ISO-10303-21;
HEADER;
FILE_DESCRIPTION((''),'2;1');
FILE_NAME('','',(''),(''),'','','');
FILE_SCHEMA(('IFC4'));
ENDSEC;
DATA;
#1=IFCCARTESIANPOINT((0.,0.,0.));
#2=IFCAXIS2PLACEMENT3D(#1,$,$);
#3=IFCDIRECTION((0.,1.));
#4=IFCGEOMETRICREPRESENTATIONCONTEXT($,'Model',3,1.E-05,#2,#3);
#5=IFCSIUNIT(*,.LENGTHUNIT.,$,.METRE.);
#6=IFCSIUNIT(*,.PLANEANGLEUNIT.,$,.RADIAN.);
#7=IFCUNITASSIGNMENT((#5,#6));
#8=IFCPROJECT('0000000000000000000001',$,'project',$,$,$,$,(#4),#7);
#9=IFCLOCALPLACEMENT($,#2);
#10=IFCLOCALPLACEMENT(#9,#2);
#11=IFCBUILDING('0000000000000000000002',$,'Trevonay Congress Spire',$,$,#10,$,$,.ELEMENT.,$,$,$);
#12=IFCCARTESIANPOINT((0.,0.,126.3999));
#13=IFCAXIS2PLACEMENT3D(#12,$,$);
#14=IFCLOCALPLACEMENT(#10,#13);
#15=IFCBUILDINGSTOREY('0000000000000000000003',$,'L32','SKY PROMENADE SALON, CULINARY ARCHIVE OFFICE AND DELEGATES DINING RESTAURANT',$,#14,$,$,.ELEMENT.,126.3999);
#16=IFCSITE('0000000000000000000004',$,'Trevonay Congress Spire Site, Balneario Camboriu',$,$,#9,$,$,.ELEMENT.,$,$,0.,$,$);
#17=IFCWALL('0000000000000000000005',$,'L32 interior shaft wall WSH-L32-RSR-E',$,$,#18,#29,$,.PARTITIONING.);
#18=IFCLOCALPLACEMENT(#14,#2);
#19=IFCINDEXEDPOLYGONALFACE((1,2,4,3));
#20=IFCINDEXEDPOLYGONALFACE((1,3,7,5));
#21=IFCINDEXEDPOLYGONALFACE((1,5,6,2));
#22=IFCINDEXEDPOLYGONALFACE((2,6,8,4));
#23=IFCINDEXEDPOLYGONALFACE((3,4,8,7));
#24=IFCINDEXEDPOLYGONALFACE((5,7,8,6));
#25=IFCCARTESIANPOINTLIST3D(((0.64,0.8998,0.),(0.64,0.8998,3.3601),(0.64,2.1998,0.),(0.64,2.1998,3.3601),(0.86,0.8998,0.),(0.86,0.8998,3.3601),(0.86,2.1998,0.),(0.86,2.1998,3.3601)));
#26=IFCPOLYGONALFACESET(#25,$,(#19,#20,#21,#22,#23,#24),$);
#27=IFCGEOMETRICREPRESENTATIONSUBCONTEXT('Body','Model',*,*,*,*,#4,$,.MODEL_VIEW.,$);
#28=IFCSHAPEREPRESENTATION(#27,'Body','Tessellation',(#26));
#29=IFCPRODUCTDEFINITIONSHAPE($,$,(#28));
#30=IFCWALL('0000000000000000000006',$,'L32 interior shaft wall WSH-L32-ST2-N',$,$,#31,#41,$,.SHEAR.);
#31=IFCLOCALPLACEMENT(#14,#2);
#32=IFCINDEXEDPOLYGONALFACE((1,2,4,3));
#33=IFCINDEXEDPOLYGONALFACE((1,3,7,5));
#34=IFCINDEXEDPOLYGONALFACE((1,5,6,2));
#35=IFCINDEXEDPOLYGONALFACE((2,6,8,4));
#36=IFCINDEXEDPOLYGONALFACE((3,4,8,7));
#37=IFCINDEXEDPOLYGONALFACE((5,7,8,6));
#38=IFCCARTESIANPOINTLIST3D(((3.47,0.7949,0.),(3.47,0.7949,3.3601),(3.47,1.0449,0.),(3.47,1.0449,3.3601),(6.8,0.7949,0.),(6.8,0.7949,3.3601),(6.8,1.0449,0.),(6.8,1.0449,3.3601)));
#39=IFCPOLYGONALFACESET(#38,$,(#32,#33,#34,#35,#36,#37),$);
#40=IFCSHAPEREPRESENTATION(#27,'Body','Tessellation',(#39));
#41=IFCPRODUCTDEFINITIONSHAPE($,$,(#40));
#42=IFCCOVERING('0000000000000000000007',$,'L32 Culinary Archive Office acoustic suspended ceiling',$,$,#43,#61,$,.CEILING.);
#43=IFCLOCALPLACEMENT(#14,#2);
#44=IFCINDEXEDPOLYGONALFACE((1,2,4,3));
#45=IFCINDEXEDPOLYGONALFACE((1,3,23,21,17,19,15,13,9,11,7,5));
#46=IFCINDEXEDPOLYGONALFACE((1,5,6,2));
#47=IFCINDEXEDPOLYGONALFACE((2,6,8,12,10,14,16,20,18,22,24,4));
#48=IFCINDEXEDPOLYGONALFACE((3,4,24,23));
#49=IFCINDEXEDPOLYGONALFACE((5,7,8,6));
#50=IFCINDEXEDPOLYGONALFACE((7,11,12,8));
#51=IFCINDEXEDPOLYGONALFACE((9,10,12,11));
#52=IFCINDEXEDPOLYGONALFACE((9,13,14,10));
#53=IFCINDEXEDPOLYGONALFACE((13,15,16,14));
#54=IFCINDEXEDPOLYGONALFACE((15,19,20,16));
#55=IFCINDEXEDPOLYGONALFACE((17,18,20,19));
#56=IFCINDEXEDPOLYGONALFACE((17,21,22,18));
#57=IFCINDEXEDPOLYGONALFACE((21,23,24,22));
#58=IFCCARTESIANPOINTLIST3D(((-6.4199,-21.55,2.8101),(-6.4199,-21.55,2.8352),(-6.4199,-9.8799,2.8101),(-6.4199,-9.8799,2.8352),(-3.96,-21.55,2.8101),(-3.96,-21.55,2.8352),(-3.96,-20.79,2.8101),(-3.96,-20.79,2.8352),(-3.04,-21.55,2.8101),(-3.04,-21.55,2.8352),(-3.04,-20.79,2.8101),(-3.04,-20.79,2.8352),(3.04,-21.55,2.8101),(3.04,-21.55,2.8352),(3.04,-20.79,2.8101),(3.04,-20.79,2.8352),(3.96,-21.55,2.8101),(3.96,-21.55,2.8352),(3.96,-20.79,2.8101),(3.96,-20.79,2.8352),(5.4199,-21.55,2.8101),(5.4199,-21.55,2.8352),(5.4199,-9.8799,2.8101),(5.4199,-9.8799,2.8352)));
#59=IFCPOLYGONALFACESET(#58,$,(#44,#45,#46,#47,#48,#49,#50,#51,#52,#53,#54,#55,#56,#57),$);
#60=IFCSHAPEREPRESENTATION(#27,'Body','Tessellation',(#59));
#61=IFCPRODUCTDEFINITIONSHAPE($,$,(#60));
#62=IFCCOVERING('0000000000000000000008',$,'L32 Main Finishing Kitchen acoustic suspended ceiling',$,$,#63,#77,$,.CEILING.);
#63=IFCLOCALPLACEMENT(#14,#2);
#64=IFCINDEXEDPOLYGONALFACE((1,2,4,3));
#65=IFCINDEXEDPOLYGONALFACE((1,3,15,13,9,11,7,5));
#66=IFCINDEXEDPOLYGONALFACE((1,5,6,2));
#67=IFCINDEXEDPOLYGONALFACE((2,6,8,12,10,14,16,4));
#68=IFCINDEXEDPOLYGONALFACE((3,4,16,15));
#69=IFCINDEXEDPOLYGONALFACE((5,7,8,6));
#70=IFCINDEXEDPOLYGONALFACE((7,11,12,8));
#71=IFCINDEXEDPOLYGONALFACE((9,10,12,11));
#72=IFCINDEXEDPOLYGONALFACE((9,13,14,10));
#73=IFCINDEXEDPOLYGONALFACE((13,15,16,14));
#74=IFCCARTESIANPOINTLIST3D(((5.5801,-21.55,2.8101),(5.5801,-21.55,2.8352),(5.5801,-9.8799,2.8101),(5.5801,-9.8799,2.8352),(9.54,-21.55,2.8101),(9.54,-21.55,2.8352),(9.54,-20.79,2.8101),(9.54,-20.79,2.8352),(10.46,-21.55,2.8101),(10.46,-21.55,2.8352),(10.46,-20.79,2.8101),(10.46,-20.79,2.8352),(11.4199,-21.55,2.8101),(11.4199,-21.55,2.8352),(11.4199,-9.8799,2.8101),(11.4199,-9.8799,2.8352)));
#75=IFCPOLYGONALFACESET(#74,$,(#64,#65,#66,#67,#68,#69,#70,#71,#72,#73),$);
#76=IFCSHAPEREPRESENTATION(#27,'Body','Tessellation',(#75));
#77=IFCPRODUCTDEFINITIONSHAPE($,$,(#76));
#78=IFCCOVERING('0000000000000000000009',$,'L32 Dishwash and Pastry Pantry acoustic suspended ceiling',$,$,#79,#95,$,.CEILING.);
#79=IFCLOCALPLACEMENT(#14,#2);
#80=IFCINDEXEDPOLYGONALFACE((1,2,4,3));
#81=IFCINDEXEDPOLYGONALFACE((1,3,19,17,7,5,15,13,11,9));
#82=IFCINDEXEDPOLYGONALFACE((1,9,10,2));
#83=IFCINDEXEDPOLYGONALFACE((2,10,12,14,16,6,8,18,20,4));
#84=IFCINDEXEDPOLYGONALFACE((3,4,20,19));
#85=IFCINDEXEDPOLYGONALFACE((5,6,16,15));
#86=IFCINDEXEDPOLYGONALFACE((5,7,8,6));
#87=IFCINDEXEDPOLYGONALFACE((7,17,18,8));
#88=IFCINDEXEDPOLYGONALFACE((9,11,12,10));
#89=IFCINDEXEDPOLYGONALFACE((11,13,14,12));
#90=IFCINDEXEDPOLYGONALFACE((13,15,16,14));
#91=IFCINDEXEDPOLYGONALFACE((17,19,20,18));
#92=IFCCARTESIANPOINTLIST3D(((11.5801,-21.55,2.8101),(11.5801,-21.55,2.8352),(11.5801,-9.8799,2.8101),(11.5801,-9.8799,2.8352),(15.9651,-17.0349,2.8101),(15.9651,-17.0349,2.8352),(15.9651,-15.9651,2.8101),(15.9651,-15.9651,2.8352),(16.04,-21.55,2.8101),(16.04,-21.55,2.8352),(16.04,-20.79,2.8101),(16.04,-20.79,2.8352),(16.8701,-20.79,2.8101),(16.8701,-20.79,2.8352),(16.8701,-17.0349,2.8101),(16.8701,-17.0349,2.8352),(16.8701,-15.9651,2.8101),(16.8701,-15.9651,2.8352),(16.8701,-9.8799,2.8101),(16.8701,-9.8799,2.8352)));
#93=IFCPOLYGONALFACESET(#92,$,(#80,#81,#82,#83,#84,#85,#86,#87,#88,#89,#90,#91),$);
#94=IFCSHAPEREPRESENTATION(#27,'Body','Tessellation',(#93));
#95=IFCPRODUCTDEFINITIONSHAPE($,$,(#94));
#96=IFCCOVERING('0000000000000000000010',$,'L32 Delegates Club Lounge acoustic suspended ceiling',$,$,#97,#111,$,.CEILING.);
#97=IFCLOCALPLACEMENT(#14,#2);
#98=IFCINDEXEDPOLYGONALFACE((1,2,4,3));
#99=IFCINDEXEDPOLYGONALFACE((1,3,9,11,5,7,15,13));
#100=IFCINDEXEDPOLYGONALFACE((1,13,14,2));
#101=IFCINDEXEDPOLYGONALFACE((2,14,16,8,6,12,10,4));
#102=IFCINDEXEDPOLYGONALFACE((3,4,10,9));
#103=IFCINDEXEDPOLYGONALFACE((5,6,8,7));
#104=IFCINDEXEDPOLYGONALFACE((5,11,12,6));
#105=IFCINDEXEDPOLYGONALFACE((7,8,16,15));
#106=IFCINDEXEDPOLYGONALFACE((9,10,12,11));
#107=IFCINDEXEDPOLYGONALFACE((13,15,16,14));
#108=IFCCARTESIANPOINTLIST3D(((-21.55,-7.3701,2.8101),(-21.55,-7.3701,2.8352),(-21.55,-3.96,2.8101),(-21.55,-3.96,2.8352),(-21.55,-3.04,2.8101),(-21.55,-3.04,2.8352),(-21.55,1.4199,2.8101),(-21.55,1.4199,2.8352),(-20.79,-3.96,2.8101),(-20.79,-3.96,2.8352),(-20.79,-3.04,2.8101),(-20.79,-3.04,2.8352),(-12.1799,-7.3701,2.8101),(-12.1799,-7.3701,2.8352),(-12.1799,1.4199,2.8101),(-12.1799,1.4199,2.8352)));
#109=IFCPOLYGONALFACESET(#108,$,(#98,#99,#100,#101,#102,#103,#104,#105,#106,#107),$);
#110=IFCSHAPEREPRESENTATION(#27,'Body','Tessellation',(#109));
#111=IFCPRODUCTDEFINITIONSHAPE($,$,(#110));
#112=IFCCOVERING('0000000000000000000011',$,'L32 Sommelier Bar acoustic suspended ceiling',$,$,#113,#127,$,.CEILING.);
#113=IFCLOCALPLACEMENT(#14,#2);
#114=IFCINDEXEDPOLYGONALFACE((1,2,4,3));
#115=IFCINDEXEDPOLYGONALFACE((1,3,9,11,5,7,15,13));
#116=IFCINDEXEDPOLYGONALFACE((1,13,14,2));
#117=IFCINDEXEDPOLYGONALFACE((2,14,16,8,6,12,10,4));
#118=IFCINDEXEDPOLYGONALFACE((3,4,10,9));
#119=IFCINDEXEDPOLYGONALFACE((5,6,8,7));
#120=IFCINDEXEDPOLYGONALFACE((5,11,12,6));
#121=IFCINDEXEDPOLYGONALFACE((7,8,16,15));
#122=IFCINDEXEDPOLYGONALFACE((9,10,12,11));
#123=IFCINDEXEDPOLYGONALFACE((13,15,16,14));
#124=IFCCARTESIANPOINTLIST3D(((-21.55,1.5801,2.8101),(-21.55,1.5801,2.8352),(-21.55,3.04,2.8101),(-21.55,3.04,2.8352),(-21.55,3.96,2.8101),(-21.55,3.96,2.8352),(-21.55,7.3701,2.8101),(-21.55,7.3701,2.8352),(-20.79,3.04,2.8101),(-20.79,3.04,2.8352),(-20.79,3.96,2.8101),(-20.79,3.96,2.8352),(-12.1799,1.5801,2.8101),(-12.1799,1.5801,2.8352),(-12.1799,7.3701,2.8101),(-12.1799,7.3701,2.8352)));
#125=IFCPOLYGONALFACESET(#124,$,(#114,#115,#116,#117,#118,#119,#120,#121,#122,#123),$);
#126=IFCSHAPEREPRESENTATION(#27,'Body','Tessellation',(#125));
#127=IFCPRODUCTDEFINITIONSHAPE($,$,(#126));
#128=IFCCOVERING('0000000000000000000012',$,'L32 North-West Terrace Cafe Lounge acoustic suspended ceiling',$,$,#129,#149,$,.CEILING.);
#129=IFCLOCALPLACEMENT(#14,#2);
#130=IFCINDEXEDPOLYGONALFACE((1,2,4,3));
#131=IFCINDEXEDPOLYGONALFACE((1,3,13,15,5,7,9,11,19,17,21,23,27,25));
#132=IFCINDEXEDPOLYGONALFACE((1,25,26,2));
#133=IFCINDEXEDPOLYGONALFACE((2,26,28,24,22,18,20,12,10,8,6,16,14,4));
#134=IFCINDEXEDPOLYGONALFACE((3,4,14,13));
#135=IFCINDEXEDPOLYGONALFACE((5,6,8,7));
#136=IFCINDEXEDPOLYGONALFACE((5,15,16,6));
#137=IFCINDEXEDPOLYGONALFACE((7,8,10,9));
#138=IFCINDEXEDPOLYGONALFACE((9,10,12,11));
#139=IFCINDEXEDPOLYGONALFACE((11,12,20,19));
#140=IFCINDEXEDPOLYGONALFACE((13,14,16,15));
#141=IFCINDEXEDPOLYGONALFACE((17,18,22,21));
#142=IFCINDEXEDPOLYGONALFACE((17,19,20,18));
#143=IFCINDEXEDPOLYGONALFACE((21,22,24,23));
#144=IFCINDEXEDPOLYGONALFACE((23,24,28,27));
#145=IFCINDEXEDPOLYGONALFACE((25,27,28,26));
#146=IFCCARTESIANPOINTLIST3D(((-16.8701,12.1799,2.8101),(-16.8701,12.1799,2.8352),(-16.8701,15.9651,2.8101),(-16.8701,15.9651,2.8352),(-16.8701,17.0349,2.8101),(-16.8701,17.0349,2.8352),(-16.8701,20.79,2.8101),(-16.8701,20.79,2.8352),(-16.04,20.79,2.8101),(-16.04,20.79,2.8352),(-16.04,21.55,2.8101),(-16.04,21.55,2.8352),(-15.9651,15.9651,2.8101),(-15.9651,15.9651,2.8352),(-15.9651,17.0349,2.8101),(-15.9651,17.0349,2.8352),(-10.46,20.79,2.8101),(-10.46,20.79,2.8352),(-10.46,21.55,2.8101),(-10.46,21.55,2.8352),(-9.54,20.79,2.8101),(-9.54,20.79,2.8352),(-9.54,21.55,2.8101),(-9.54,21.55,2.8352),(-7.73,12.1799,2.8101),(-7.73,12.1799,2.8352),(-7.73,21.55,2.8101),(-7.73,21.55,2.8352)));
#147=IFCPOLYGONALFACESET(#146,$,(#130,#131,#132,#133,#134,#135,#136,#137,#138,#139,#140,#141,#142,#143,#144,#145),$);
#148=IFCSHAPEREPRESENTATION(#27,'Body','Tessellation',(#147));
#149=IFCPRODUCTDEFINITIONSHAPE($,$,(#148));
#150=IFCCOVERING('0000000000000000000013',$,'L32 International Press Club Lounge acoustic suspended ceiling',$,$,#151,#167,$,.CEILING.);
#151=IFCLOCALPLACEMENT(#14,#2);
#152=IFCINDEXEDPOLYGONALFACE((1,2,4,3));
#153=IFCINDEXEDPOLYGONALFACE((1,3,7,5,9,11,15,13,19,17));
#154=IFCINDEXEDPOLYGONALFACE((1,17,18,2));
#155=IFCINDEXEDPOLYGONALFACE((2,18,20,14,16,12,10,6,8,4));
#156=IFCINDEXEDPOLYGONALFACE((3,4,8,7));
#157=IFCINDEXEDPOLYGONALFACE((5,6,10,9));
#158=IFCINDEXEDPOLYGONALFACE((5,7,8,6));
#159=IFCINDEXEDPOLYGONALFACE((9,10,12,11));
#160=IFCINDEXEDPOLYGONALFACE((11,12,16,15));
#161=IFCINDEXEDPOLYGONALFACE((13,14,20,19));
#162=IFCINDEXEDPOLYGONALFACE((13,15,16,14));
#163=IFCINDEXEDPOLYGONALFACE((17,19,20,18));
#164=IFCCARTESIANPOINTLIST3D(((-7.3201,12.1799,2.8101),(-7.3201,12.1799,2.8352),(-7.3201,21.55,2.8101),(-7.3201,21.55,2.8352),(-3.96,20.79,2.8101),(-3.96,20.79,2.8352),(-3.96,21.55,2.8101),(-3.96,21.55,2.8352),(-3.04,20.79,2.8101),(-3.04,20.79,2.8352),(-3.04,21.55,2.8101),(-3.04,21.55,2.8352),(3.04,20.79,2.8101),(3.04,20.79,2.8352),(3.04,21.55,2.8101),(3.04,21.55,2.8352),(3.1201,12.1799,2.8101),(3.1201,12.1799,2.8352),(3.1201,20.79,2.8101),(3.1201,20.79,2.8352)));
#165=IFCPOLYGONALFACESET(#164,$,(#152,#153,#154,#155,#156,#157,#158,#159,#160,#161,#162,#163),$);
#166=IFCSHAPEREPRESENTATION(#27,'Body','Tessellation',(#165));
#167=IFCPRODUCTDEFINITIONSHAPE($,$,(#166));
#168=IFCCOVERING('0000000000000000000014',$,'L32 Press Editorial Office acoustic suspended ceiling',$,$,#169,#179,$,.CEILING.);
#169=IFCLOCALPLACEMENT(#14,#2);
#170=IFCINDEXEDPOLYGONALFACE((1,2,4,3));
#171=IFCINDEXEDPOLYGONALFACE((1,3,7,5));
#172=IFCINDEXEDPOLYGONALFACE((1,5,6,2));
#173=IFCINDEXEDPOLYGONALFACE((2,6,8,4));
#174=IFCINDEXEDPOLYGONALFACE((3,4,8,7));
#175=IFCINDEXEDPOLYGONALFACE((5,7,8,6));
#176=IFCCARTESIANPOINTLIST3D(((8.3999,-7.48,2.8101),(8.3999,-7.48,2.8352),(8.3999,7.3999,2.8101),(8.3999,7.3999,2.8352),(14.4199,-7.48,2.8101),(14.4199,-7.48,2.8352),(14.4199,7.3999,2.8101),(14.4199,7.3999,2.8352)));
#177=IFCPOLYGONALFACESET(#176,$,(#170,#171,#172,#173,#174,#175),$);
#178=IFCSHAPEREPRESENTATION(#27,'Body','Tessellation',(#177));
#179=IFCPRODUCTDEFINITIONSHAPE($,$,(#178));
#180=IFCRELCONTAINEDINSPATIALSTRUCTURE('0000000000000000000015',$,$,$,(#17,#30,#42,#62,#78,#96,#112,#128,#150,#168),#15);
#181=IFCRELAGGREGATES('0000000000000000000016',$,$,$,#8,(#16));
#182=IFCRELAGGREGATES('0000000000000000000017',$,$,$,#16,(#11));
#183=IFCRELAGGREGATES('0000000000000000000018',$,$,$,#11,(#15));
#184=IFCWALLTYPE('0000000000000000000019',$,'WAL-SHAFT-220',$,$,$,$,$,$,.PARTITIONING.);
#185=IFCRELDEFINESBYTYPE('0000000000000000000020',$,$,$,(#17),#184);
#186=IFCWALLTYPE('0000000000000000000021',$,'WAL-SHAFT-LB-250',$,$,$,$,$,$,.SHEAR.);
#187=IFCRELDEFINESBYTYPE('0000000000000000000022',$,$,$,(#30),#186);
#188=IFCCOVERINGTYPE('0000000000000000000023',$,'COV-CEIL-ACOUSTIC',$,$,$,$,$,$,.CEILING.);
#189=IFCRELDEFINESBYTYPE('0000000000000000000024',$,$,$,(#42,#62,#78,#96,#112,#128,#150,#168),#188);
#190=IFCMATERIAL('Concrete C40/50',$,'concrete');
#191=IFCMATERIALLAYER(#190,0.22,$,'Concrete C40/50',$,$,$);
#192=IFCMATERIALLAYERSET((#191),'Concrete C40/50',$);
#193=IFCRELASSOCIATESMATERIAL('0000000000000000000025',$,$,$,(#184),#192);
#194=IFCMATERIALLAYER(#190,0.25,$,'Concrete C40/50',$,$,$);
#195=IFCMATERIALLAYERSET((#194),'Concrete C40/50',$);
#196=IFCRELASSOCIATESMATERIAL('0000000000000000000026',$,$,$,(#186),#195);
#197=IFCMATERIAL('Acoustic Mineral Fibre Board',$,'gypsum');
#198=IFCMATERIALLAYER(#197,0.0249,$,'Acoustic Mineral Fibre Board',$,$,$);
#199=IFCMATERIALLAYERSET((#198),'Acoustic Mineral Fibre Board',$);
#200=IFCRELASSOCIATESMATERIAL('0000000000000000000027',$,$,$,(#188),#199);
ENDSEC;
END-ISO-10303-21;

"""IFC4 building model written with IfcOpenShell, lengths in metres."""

from ifc_helpers import new_model, si_unit, direction, frame, frame_2d, origin, place, context, subcontext, project, spatial, polyline, rectangle, outline, extrude, material, layer, layer_set, type_object, element, save


model = new_model("IFC4")

# Units and contexts
model_context = context("Model", 3, precision=1e-05, world=origin(), true_north=direction((0.0, 1.0)))
body_context = subcontext(model_context, "Body", "Model", "MODEL_VIEW")
ifc_project = project(units=[si_unit("LENGTHUNIT", "METRE"), si_unit("PLANEANGLEUNIT", "RADIAN")], contexts=[model_context])

# Site, building, storey
site_placement = place(None, origin())
site = spatial("IfcSite", under=ifc_project, at=site_placement, Name="Trevonay Congress Spire Site, Balneario Camboriu", CompositionType="ELEMENT", RefElevation=0.0)
building_placement = place(site_placement, origin())
building = spatial("IfcBuilding", under=site, at=building_placement, Name="Trevonay Congress Spire", CompositionType="ELEMENT")
storey_placement = place(building_placement, frame((0.0, 0.0, 126.3999)))
storey = spatial("IfcBuildingStorey", under=building, at=storey_placement, Name="L32", Description="SKY PROMENADE SALON, CULINARY ARCHIVE OFFICE AND DELEGATES DINING RESTAURANT", CompositionType="ELEMENT", Elevation=126.3999)

# Walls
ifc_material_1 = material(Name="Concrete C40/50", Category="concrete")
ifc_layer_1 = layer(ifc_material_1, 0.22, Name="Concrete C40/50")
ifc_layer_set_1 = layer_set([ifc_layer_1], Name="Concrete C40/50")
wall_type_1 = type_object("IfcWallType", Name="WAL-SHAFT-220", PredefinedType="PARTITIONING", material=ifc_layer_set_1)
wall_1_placement = place(storey_placement, frame((0.75, 0.8999, 0.0), z_axis=(0.0, 0.0, 1.0), x_axis=(0.0, 1.0, 0.0)))
element("IfcWall", 1, at=wall_1_placement, inside=storey, type_object=wall_type_1, Name="L32 interior shaft wall WSH-L32-RSR-E", PredefinedType="PARTITIONING", context=body_context, shape_type="SweptSolid", body=[
    extrude(rectangle(XDim=1.3, YDim=0.22, at=frame_2d((0.6499, 0.0))), origin(), (0.0, 0.0, 1.0), 3.3601),
])
ifc_layer_2 = layer(ifc_material_1, 0.25, Name="Concrete C40/50")
ifc_layer_set_2 = layer_set([ifc_layer_2], Name="Concrete C40/50")
wall_type_2 = type_object("IfcWallType", Name="WAL-SHAFT-LB-250", PredefinedType="SHEAR", material=ifc_layer_set_2)
wall_2_placement = place(storey_placement, frame((3.47, 0.9199, 0.0), z_axis=(0.0, 0.0, 1.0), x_axis=(1.0, 0.0, 0.0)))
element("IfcWall", 2, at=wall_2_placement, inside=storey, type_object=wall_type_2, Name="L32 interior shaft wall WSH-L32-ST2-N", PredefinedType="SHEAR", context=body_context, shape_type="SweptSolid", body=[
    extrude(rectangle(XDim=3.3301, YDim=0.25, at=frame_2d((1.665, 0.0))), origin(), (0.0, 0.0, 1.0), 3.3601),
])

# Coverings
ifc_material_2 = material(Name="Acoustic Mineral Fibre Board", Category="gypsum")
ifc_layer_3 = layer(ifc_material_2, 0.0249, Name="Acoustic Mineral Fibre Board")
ifc_layer_set_3 = layer_set([ifc_layer_3], Name="Acoustic Mineral Fibre Board")
covering_type_1 = type_object("IfcCoveringType", Name="COV-CEIL-ACOUSTIC", PredefinedType="CEILING", material=ifc_layer_set_3)
covering_1_placement = place(storey_placement, frame((0.0, 0.0, 2.8101)))
element("IfcCovering", 3, at=covering_1_placement, inside=storey, type_object=covering_type_1, Name="L32 Culinary Archive Office acoustic suspended ceiling", PredefinedType="CEILING", context=body_context, shape_type="SweptSolid", body=[
    extrude(outline(polyline([(-6.4199, -21.55), (-6.4199, -9.8799), (5.4199, -9.8799), (5.4199, -21.55), (3.96, -21.55), (3.96, -20.79), (3.04, -20.79), (3.04, -21.55), (-3.04, -21.55), (-3.04, -20.79), (-3.96, -20.79), (-3.96, -21.55), (-6.4199, -21.55)])), origin(), (0.0, 0.0, 1.0), 0.0251),
])
covering_2_placement = place(storey_placement, frame((0.0, 0.0, 2.8101)))
element("IfcCovering", 4, at=covering_2_placement, inside=storey, type_object=covering_type_1, Name="L32 Main Finishing Kitchen acoustic suspended ceiling", PredefinedType="CEILING", context=body_context, shape_type="SweptSolid", body=[
    extrude(outline(polyline([(5.5801, -21.55), (5.5801, -9.8799), (11.4199, -9.8799), (11.4199, -21.55), (10.46, -21.55), (10.46, -20.79), (9.54, -20.79), (9.54, -21.55), (5.5801, -21.55)])), origin(), (0.0, 0.0, 1.0), 0.0251),
])
covering_3_placement = place(storey_placement, frame((0.0, 0.0, 2.8101)))
element("IfcCovering", 5, at=covering_3_placement, inside=storey, type_object=covering_type_1, Name="L32 Dishwash and Pastry Pantry acoustic suspended ceiling", PredefinedType="CEILING", context=body_context, shape_type="SweptSolid", body=[
    extrude(outline(polyline([(11.5801, -21.55), (11.5801, -9.8799), (16.8701, -9.8799), (16.8701, -15.9651), (15.9651, -15.9651), (15.9651, -17.0349), (16.8701, -17.0349), (16.8701, -20.79), (16.04, -20.79), (16.04, -21.55), (11.5801, -21.55)])), origin(), (0.0, 0.0, 1.0), 0.0251),
])
covering_4_placement = place(storey_placement, frame((0.0, 0.0, 2.8101)))
element("IfcCovering", 6, at=covering_4_placement, inside=storey, type_object=covering_type_1, Name="L32 Delegates Club Lounge acoustic suspended ceiling", PredefinedType="CEILING", context=body_context, shape_type="SweptSolid", body=[
    extrude(outline(polyline([(-21.55, 1.4199), (-12.1799, 1.4199), (-12.1799, -7.3701), (-21.55, -7.3701), (-21.55, -3.96), (-20.79, -3.96), (-20.79, -3.04), (-21.55, -3.04), (-21.55, 1.4199)])), origin(), (0.0, 0.0, 1.0), 0.0251),
])
covering_5_placement = place(storey_placement, frame((0.0, 0.0, 2.8101)))
element("IfcCovering", 7, at=covering_5_placement, inside=storey, type_object=covering_type_1, Name="L32 Sommelier Bar acoustic suspended ceiling", PredefinedType="CEILING", context=body_context, shape_type="SweptSolid", body=[
    extrude(outline(polyline([(-21.55, 7.3701), (-12.1799, 7.3701), (-12.1799, 1.5801), (-21.55, 1.5801), (-21.55, 3.04), (-20.79, 3.04), (-20.79, 3.96), (-21.55, 3.96), (-21.55, 7.3701)])), origin(), (0.0, 0.0, 1.0), 0.0251),
])
covering_6_placement = place(storey_placement, frame((0.0, 0.0, 2.8101)))
element("IfcCovering", 8, at=covering_6_placement, inside=storey, type_object=covering_type_1, Name="L32 North-West Terrace Cafe Lounge acoustic suspended ceiling", PredefinedType="CEILING", context=body_context, shape_type="SweptSolid", body=[
    extrude(outline(polyline([(-7.73, 21.55), (-7.73, 12.1799), (-16.8701, 12.1799), (-16.8701, 15.9651), (-15.9651, 15.9651), (-15.9651, 17.0349), (-16.8701, 17.0349), (-16.8701, 20.79), (-16.04, 20.79), (-16.04, 21.55), (-10.46, 21.55), (-10.46, 20.79), (-9.54, 20.79), (-9.54, 21.55), (-7.73, 21.55)])), origin(), (0.0, 0.0, 1.0), 0.0251),
])
covering_7_placement = place(storey_placement, frame((0.0, 0.0, 2.8101)))
element("IfcCovering", 9, at=covering_7_placement, inside=storey, type_object=covering_type_1, Name="L32 International Press Club Lounge acoustic suspended ceiling", PredefinedType="CEILING", context=body_context, shape_type="SweptSolid", body=[
    extrude(outline(polyline([(3.1201, 12.1799), (-7.3201, 12.1799), (-7.3201, 21.55), (-3.96, 21.55), (-3.96, 20.79), (-3.04, 20.79), (-3.04, 21.55), (3.04, 21.55), (3.04, 20.79), (3.1201, 20.79), (3.1201, 12.1799)])), origin(), (0.0, 0.0, 1.0), 0.0251),
])
covering_8_placement = place(storey_placement, frame((0.0, 0.0, 2.8101)))
element("IfcCovering", 10, at=covering_8_placement, inside=storey, type_object=covering_type_1, Name="L32 Press Editorial Office acoustic suspended ceiling", PredefinedType="CEILING", context=body_context, shape_type="SweptSolid", body=[
    extrude(outline(polyline([(8.3999, -7.48), (14.4199, -7.48), (14.4199, 7.3999), (8.3999, 7.3999), (8.3999, -7.48)])), origin(), (0.0, 0.0, 1.0), 0.0251),
])

save(model, "model.ifc")
